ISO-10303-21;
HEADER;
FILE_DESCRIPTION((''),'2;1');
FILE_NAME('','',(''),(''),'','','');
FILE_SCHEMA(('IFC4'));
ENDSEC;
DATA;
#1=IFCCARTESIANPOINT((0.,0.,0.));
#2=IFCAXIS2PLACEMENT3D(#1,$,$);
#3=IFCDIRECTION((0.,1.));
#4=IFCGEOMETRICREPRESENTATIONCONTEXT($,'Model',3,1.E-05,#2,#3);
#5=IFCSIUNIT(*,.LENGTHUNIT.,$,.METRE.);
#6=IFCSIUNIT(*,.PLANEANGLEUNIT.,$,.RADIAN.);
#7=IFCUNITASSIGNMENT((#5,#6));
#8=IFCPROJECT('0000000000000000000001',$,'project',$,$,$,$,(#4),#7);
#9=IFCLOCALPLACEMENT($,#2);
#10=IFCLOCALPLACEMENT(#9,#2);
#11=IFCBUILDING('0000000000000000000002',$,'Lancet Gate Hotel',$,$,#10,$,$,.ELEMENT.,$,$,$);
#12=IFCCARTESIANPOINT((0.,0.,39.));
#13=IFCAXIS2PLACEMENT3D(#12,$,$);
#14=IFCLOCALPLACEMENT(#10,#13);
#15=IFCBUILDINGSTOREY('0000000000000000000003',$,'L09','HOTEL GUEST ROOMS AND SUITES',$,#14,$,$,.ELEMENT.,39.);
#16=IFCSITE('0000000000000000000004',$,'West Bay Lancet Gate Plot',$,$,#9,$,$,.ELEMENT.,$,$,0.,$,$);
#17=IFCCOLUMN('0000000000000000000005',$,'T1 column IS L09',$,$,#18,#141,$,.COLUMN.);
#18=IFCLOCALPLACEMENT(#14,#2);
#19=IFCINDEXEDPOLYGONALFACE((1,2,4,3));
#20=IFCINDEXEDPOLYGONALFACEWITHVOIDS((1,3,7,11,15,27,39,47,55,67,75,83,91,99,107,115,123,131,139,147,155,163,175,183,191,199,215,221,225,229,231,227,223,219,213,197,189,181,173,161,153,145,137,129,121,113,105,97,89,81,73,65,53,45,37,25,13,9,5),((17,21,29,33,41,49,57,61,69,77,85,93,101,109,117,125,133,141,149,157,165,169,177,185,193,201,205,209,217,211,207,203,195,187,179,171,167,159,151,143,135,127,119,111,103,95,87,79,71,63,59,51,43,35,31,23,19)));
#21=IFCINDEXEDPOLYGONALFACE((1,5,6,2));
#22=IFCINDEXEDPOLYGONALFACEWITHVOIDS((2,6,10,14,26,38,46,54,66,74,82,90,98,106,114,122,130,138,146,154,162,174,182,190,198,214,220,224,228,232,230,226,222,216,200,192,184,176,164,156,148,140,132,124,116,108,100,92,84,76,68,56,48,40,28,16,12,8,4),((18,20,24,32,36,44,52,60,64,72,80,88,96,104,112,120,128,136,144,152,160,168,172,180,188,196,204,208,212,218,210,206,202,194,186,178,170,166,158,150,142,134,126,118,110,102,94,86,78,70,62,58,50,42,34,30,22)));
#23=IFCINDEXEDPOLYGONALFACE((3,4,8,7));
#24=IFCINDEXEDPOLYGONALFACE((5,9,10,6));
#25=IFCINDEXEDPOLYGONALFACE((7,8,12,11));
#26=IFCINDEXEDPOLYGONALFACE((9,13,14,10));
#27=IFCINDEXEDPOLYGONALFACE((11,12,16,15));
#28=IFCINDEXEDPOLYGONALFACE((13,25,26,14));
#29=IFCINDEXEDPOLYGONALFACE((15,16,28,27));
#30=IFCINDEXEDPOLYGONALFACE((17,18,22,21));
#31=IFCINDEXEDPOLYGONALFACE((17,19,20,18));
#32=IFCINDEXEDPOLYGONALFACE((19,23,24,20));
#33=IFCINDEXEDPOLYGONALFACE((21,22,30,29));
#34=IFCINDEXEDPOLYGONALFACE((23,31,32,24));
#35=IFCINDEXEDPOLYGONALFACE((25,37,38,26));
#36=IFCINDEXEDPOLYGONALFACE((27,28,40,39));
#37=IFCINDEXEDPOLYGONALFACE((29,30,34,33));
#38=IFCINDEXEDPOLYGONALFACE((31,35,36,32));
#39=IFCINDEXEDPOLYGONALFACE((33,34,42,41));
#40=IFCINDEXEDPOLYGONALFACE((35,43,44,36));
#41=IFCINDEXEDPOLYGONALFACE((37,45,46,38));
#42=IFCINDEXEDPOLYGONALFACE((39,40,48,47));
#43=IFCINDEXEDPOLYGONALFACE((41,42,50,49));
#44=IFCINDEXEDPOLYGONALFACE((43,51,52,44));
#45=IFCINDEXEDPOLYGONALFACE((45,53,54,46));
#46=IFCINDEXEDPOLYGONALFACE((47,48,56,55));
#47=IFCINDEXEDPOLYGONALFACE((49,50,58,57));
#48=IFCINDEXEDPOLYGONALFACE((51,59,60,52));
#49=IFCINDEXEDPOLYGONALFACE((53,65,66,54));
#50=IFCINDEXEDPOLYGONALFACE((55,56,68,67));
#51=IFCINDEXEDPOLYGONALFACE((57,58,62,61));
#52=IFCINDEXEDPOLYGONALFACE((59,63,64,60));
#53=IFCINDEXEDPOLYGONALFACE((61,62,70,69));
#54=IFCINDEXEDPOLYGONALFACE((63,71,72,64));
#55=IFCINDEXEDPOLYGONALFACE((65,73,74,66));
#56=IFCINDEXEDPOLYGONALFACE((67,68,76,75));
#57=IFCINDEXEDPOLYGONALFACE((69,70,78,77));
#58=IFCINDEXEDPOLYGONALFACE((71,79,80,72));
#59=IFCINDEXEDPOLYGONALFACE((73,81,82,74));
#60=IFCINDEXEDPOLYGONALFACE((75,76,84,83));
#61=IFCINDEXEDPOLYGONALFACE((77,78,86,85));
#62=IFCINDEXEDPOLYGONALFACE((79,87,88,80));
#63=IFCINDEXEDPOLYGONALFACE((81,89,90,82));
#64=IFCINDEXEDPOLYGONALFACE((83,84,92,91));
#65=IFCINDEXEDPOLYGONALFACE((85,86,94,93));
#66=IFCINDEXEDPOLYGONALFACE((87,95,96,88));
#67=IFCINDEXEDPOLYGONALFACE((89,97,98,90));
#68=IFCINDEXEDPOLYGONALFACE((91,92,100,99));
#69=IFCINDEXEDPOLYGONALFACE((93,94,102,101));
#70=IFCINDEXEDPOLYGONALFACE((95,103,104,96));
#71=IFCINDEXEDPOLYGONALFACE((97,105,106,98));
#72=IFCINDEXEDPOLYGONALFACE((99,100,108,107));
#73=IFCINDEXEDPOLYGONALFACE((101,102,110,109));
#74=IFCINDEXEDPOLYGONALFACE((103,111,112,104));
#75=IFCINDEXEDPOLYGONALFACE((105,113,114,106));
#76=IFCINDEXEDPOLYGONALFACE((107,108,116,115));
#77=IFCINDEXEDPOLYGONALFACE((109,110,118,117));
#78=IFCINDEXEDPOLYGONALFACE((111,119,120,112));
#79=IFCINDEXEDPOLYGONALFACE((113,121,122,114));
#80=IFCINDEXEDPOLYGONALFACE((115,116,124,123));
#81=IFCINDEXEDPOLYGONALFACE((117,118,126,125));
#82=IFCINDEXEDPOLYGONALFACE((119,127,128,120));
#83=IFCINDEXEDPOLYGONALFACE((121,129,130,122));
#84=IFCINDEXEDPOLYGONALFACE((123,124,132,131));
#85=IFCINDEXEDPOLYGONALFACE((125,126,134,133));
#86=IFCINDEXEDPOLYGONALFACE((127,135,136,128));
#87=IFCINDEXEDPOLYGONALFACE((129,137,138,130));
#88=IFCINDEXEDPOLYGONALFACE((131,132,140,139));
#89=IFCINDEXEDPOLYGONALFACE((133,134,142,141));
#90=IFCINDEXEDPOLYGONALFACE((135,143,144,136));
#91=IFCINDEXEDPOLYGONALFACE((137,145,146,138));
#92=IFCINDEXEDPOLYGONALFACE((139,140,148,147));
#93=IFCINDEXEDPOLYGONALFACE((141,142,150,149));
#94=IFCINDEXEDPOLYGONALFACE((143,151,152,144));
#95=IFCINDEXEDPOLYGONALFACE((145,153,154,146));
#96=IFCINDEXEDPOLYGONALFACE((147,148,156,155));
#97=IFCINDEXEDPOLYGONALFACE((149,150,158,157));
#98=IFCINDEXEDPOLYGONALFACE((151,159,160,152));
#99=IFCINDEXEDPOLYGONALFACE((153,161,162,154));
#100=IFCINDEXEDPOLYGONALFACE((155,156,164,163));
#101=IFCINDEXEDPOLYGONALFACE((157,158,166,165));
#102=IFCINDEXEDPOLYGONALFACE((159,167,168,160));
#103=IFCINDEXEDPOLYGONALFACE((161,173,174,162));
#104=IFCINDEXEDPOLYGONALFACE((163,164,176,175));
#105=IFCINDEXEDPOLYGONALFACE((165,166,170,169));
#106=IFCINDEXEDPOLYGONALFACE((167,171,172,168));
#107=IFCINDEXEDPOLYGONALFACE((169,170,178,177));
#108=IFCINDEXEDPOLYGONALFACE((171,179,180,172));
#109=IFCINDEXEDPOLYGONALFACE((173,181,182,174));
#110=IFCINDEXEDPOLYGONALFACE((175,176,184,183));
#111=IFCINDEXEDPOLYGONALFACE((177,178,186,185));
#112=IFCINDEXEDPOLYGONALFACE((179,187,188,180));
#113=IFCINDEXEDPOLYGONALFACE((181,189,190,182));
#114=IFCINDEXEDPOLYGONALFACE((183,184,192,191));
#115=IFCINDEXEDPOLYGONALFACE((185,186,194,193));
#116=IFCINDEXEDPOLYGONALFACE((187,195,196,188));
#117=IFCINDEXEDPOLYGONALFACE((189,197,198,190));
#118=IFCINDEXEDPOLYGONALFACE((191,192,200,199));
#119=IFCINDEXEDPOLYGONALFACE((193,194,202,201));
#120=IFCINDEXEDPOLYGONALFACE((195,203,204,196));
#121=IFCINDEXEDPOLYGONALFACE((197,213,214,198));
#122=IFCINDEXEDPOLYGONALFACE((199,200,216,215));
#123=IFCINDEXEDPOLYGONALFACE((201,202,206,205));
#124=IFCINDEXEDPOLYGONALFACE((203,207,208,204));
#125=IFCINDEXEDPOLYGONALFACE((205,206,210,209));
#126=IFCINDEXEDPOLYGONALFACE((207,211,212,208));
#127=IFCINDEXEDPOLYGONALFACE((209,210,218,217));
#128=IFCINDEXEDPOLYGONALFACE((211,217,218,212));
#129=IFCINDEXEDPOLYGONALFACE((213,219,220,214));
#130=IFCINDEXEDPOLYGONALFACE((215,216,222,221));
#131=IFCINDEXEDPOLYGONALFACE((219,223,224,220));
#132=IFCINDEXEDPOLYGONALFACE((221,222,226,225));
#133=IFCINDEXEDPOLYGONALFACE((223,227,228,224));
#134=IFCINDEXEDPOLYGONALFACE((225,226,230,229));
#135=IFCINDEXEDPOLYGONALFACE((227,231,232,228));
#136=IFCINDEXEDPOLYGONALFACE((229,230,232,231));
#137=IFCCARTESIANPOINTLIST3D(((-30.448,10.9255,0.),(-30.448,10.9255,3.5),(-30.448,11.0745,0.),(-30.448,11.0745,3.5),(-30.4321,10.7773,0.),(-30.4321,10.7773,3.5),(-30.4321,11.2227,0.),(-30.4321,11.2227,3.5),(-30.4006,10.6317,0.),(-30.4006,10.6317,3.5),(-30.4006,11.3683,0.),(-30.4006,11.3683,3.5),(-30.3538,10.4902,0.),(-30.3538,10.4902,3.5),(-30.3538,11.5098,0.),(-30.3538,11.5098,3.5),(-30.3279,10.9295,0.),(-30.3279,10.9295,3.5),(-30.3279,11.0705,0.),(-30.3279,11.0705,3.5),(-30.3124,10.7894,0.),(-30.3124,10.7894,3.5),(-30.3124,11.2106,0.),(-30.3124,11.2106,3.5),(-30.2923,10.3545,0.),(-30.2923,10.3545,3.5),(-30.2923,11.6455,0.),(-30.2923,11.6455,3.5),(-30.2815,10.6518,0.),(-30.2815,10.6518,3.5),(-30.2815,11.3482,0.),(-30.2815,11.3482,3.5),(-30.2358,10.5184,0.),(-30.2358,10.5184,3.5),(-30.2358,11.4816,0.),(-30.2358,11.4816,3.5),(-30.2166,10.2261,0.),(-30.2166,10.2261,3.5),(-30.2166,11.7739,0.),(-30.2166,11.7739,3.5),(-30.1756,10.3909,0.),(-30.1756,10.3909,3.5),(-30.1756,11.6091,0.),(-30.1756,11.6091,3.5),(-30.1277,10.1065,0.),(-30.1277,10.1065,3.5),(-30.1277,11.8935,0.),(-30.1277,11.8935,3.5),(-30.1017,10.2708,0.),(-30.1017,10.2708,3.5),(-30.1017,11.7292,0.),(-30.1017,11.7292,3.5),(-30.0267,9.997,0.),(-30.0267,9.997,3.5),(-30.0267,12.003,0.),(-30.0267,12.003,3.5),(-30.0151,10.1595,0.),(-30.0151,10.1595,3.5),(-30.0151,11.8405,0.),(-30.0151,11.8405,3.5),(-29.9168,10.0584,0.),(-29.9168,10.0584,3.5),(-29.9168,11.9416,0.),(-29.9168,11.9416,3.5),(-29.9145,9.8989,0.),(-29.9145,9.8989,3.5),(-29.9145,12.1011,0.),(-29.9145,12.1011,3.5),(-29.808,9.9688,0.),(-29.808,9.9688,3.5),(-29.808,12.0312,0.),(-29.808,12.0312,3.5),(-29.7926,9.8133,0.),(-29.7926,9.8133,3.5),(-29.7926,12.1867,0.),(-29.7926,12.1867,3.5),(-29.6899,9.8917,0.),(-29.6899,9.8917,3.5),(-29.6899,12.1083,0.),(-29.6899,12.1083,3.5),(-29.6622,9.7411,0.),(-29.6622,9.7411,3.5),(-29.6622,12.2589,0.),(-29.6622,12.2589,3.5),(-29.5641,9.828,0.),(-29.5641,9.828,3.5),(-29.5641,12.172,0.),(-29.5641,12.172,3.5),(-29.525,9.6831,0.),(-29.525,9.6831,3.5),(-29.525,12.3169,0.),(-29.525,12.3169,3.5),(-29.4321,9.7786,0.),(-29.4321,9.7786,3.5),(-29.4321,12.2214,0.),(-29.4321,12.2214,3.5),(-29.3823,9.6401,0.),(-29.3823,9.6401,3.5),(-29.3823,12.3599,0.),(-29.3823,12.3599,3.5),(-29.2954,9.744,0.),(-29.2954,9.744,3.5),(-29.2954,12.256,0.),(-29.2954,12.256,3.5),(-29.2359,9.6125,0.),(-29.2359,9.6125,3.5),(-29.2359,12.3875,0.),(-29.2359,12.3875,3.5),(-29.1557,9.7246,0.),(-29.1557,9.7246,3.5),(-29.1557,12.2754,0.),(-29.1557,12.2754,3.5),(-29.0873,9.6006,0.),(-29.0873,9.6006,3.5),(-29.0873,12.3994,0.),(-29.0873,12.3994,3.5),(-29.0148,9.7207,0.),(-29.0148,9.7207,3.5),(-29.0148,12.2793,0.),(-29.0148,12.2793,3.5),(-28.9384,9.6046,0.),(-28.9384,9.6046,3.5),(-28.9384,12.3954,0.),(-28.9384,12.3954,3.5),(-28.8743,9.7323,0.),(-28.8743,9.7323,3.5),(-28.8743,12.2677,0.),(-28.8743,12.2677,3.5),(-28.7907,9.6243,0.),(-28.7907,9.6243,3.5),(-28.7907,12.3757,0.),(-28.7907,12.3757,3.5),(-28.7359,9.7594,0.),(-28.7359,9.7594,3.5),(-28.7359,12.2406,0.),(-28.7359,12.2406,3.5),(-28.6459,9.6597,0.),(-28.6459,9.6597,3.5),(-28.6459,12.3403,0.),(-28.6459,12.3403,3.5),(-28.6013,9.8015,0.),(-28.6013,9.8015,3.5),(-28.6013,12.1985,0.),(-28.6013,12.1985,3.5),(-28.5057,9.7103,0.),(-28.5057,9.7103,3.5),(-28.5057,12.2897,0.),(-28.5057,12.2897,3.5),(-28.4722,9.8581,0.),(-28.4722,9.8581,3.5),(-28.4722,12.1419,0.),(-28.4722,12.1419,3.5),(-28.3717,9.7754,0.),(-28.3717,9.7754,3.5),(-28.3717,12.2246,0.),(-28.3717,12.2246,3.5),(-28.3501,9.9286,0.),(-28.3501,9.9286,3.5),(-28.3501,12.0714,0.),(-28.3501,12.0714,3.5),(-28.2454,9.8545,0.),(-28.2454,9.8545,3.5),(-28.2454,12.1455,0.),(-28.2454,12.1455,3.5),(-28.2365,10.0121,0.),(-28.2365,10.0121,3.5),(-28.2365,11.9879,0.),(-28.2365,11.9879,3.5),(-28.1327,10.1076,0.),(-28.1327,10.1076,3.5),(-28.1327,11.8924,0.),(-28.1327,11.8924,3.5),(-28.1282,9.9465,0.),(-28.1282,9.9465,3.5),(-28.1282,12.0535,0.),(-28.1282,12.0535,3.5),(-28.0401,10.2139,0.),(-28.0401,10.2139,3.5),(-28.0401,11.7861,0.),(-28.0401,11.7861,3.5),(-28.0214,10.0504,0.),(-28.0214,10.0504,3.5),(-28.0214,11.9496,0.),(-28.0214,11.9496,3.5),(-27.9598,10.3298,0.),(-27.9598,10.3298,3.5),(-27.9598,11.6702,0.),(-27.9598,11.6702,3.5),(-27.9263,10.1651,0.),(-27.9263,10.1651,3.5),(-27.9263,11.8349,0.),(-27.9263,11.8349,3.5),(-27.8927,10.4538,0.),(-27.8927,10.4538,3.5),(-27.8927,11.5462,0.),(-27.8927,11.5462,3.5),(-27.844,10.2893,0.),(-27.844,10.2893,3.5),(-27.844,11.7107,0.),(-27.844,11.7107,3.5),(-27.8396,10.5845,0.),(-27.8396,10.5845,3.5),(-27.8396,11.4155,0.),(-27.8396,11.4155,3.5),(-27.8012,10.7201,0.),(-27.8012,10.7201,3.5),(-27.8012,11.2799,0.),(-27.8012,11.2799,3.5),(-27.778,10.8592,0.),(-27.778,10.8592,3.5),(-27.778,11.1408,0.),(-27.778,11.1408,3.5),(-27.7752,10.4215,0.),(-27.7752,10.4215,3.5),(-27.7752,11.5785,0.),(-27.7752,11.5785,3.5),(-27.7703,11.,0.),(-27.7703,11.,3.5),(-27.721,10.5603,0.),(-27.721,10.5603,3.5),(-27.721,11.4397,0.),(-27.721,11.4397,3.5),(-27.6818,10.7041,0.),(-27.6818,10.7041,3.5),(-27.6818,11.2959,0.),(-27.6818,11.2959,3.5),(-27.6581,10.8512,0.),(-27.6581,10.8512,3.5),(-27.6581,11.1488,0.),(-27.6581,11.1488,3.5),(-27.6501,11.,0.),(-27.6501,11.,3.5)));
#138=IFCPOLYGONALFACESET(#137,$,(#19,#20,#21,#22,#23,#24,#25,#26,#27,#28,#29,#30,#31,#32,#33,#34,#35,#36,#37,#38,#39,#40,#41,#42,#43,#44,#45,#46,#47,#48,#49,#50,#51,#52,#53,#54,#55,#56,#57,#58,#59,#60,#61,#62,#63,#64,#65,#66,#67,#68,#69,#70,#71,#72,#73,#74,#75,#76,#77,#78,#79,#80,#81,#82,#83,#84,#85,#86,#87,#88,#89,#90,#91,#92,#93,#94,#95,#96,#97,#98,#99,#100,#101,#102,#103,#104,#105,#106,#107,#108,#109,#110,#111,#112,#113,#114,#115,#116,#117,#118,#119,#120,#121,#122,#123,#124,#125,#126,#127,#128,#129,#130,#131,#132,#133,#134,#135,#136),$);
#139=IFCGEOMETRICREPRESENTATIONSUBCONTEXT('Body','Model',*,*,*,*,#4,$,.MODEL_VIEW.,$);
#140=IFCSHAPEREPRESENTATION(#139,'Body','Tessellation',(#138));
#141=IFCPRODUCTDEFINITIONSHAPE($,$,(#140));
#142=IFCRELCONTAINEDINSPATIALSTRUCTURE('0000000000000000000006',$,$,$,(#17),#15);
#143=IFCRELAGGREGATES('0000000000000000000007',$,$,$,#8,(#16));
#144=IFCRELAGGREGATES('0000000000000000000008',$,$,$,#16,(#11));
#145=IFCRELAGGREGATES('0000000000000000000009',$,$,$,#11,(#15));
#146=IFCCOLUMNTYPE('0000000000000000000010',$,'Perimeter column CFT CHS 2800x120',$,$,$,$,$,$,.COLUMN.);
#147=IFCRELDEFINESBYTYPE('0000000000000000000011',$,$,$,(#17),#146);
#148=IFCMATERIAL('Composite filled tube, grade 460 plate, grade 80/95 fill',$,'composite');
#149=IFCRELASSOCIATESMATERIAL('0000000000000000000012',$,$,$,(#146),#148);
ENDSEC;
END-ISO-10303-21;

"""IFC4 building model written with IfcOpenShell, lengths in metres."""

from ifc_helpers import new_model, si_unit, direction, frame, origin, origin_2d, place, context, subcontext, project, spatial, hollow_circle, extrude, material, material_profile, profile_set, type_object, element, save


model = new_model("IFC4")

# Units and contexts
model_context = context("Model", 3, precision=1e-05, world=origin(), true_north=direction((0.0, 1.0)))
body_context = subcontext(model_context, "Body", "Model", "MODEL_VIEW")
ifc_project = project(units=[si_unit("LENGTHUNIT", "METRE"), si_unit("PLANEANGLEUNIT", "RADIAN")], contexts=[model_context])

# Site, building, storey
site_placement = place(None, origin())
site = spatial("IfcSite", under=ifc_project, at=site_placement, Name="West Bay Lancet Gate Plot", CompositionType="ELEMENT", RefElevation=0.0)
building_placement = place(site_placement, origin())
building = spatial("IfcBuilding", under=site, at=building_placement, Name="Lancet Gate Hotel", CompositionType="ELEMENT")
storey_placement = place(building_placement, frame((0.0, 0.0, 39.0)))
storey = spatial("IfcBuildingStorey", under=building, at=storey_placement, Name="L09", Description="HOTEL GUEST ROOMS AND SUITES", CompositionType="ELEMENT", Elevation=39.0)

# Column
ifc_material_1 = material(Name="Composite filled tube, grade 460 plate, grade 80/95 fill", Category="composite")
ifc_material_profile_1 = material_profile(ifc_material_1, hollow_circle(Radius=1.3999, WallThickness=0.1201, at=origin_2d()), Name="CHS 2800x120")
ifc_profile_set_1 = profile_set([ifc_material_profile_1], Name="Composite filled tube, grade 460 plate, grade 80/95 fill")
column_type = type_object("IfcColumnType", Name="Perimeter column CFT CHS 2800x120", PredefinedType="COLUMN", material=ifc_profile_set_1)
for number, where, z_axis, x_axis, name in (
    (1, (-29.05, 11.0, 0.0), (0.0, 0.0, 1.0), (1.0, 0.0, 0.0), "T1 column IS L09"),
):
    element("IfcColumn", number, at=place(storey_placement, frame(where, z_axis=z_axis, x_axis=x_axis)), inside=storey, type_object=column_type, Name=name, PredefinedType="COLUMN", context=body_context, shape_type="SweptSolid", body=[
        extrude(hollow_circle(Radius=1.3999, WallThickness=0.1201, at=origin_2d()), origin(), (0.0, 0.0, 1.0), 3.5),
    ])

save(model, "model.ifc")
